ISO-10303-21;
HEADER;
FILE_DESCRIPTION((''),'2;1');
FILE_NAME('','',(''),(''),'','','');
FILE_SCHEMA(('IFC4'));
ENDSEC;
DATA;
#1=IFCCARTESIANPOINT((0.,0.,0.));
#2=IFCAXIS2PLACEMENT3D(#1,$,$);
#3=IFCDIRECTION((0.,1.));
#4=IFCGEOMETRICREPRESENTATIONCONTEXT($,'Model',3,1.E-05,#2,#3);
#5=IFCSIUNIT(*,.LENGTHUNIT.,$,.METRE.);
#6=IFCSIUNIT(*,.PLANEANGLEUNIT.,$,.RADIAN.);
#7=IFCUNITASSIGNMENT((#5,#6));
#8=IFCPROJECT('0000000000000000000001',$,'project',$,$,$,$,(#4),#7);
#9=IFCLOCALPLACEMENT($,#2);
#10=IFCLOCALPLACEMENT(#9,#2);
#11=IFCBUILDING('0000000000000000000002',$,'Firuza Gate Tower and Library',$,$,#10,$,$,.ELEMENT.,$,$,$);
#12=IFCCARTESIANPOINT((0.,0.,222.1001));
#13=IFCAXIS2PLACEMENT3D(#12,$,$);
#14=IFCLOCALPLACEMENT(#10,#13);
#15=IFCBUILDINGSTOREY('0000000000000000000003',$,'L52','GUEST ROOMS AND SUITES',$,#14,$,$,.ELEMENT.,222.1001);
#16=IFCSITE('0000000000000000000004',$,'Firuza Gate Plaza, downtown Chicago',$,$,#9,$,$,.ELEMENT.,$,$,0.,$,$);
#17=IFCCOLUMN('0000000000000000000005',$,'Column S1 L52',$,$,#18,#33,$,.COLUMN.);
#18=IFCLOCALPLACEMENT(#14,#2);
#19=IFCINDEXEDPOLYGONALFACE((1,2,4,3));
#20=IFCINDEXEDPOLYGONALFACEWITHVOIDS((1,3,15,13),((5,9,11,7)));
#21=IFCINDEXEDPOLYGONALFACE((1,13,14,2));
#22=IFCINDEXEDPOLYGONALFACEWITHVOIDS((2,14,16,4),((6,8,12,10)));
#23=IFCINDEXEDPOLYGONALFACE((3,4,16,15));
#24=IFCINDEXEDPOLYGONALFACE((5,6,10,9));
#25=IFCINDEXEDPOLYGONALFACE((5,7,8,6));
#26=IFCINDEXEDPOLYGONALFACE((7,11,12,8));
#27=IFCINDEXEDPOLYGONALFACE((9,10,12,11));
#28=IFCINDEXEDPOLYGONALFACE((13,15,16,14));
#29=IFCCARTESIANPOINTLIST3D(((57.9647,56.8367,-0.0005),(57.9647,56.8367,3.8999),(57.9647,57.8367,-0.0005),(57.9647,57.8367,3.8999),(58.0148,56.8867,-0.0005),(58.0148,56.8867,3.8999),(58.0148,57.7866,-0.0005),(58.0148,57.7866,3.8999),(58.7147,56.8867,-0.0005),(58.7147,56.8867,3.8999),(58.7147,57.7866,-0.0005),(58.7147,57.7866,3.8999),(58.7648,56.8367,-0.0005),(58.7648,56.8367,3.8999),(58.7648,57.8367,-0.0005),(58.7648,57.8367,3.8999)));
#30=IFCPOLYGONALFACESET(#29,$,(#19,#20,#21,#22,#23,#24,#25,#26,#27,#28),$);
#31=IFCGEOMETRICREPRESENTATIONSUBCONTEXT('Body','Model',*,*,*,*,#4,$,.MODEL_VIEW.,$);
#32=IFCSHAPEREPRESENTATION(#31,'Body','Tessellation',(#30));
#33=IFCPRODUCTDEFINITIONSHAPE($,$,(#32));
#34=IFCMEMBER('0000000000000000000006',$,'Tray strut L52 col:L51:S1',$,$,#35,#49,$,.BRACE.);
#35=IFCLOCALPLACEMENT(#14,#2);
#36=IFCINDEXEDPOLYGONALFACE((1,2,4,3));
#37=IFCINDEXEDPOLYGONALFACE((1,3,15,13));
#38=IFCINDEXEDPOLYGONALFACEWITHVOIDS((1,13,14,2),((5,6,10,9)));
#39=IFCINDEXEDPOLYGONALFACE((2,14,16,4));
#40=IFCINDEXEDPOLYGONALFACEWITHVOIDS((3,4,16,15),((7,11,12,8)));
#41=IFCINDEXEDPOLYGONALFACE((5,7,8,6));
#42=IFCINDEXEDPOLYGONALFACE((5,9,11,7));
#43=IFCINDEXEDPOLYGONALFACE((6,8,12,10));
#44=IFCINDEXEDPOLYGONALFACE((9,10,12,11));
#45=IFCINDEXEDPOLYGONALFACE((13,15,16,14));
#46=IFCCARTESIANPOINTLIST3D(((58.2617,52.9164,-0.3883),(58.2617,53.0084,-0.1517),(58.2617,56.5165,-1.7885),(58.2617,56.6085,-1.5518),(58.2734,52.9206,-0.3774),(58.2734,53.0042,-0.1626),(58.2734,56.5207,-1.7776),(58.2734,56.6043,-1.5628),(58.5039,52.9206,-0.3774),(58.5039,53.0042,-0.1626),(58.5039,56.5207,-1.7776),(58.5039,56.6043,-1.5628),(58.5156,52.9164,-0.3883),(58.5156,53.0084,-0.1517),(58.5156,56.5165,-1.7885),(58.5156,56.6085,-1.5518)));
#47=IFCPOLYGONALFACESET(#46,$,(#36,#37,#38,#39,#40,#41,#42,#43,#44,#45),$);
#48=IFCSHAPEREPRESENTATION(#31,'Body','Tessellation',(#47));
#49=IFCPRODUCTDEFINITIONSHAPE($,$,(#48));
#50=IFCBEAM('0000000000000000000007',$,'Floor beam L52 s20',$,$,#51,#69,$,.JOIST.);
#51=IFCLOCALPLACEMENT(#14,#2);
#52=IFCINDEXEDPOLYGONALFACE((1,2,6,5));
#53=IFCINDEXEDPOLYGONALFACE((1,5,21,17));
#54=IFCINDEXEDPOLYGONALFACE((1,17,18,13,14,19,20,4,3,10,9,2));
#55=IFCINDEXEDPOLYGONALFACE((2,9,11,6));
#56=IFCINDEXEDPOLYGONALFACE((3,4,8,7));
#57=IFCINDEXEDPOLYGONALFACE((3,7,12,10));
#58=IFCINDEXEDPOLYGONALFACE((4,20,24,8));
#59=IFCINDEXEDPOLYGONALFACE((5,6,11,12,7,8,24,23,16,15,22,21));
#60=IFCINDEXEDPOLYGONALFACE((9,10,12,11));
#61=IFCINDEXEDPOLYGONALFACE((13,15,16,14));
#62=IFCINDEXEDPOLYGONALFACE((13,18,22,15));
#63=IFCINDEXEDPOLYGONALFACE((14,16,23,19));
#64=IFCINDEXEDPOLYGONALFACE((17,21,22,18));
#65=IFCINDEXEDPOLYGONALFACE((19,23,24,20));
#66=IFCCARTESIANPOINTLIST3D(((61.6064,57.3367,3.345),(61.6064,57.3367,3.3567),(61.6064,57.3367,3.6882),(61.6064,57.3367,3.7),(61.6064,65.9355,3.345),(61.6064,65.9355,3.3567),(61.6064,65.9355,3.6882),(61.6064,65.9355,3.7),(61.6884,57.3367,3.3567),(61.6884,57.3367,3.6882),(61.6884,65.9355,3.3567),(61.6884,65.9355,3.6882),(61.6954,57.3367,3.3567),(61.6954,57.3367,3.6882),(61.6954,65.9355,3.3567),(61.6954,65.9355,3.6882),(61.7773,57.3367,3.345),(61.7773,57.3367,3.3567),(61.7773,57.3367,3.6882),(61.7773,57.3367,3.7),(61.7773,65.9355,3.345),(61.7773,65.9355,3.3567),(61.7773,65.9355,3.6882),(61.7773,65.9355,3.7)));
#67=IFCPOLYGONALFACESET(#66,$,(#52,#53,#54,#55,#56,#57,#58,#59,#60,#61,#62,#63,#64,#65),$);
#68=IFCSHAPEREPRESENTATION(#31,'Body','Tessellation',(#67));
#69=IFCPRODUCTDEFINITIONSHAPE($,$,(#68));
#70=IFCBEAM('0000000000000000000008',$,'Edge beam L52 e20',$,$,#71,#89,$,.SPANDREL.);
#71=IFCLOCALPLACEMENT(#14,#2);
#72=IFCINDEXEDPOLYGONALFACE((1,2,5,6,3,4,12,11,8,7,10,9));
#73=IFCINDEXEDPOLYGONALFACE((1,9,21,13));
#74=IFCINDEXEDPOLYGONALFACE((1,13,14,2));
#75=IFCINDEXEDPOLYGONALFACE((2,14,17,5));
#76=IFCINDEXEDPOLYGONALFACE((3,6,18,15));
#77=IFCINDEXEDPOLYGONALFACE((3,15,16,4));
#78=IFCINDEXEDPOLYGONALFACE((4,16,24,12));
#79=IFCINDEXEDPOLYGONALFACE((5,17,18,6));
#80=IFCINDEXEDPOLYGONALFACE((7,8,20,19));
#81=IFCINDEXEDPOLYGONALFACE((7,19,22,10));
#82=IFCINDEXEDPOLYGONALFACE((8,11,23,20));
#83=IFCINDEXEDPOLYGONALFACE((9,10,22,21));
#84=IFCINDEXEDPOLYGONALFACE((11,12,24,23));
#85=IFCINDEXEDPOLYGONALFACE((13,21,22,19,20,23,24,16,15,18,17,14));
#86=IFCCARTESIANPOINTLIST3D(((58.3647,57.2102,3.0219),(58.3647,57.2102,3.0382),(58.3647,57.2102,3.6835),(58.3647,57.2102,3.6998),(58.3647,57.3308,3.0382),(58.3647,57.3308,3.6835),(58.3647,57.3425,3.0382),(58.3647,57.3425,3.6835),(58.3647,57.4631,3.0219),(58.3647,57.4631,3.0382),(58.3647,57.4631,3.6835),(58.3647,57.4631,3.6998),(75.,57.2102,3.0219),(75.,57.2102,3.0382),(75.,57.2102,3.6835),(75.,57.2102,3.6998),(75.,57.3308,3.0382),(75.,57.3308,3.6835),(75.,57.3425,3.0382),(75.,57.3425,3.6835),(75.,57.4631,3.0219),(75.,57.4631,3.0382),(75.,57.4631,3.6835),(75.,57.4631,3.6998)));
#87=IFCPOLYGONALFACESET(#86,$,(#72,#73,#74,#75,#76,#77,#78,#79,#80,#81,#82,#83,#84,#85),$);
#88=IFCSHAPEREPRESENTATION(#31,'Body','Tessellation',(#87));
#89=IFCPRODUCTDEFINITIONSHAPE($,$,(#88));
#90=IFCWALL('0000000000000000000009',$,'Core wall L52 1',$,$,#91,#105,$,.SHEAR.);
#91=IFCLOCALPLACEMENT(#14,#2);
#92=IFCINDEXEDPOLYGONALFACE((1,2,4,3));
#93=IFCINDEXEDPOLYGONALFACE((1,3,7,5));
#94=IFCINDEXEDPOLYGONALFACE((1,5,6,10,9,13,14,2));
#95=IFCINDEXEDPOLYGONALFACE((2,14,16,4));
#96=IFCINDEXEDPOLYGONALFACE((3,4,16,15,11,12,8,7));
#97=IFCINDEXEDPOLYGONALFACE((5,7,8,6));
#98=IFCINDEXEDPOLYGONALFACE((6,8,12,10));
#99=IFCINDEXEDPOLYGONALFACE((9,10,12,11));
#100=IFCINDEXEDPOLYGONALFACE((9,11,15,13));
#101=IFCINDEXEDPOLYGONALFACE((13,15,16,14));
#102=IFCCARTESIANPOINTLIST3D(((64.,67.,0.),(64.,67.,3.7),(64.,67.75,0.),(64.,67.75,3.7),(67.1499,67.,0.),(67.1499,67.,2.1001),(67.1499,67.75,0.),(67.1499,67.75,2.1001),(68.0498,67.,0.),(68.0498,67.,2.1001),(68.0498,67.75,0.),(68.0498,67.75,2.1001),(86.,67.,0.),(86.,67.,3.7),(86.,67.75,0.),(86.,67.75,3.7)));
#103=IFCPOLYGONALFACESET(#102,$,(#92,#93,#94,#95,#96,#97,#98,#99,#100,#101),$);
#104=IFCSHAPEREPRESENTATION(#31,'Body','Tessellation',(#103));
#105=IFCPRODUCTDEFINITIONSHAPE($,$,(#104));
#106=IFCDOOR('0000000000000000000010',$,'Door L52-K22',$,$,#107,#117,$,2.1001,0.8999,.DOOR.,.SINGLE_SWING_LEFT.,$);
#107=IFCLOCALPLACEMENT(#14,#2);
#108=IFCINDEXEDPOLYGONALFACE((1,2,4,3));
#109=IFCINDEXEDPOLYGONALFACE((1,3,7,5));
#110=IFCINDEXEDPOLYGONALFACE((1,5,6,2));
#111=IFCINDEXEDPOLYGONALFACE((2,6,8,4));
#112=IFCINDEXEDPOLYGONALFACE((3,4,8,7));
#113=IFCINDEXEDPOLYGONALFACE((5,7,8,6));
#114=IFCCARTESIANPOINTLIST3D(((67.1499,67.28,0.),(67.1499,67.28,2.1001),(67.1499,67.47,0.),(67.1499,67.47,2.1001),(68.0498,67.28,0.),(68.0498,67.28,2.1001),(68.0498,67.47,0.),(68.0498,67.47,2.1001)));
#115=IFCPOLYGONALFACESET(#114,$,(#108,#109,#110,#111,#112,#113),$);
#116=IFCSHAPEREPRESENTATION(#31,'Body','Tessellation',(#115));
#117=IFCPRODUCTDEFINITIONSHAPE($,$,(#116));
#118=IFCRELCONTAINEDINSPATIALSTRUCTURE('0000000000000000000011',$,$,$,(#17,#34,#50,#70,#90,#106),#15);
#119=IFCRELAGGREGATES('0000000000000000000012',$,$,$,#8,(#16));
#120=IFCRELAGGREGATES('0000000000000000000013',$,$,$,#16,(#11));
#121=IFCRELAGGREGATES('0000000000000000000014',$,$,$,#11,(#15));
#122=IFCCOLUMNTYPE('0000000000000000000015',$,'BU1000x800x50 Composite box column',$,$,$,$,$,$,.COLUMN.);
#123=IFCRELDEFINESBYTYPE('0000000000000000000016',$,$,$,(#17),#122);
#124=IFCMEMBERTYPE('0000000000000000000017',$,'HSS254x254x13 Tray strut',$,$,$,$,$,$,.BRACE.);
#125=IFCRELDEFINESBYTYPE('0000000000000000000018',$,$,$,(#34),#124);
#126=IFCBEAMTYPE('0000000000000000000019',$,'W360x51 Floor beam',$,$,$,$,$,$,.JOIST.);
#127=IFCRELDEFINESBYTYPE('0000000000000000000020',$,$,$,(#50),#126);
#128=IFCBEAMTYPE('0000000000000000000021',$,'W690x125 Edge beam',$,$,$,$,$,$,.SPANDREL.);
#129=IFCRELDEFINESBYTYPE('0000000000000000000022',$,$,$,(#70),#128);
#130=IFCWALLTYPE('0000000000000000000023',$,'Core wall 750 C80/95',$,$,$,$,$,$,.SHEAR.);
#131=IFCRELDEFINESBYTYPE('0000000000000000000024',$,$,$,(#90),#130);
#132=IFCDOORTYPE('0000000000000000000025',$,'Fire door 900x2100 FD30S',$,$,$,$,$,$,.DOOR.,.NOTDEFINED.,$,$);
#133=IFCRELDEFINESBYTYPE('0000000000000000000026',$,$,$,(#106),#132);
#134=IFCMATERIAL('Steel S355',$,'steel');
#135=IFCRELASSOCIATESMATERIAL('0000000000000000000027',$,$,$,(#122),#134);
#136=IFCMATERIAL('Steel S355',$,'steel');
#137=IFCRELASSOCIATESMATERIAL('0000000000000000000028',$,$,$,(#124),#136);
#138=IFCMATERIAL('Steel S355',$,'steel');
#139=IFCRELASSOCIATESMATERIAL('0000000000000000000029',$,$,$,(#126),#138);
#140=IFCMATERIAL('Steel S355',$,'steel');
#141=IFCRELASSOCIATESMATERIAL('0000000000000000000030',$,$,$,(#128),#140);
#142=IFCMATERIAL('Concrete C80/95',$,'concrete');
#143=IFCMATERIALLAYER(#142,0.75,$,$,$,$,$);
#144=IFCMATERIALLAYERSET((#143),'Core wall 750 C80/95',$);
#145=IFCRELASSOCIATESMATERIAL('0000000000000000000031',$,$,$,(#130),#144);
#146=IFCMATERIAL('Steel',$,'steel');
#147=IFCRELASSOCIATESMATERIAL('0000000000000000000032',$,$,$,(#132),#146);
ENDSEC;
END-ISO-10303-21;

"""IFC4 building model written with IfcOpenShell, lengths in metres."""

from ifc_helpers import new_model, si_unit, direction, frame, frame_2d, origin, origin_2d, place, context, subcontext, project, spatial, rectangle, hollow_rectangle, i_section, extrude, material, layer, layer_set, material_profile, profile_set, type_object, element, fill, save


model = new_model("IFC4")

# Units and contexts
model_context = context("Model", 3, precision=1e-05, world=origin(), true_north=direction((0.0, 1.0)))
body_context = subcontext(model_context, "Body", "Model", "MODEL_VIEW")
ifc_project = project(units=[si_unit("LENGTHUNIT", "METRE"), si_unit("PLANEANGLEUNIT", "RADIAN")], contexts=[model_context])

# Site, building, storey
site_placement = place(None, origin())
site = spatial("IfcSite", under=ifc_project, at=site_placement, Name="Firuza Gate Plaza, downtown Chicago", CompositionType="ELEMENT", RefElevation=0.0)
building_placement = place(site_placement, origin())
building = spatial("IfcBuilding", under=site, at=building_placement, Name="Firuza Gate Tower and Library", CompositionType="ELEMENT")
storey_placement = place(building_placement, frame((0.0, 0.0, 222.1001)))
storey = spatial("IfcBuildingStorey", under=building, at=storey_placement, Name="L52", Description="GUEST ROOMS AND SUITES", CompositionType="ELEMENT", Elevation=222.1001)

# Column
ifc_material_1 = material(Name="Steel S355", Category="steel")
ifc_material_profile_1 = material_profile(ifc_material_1, hollow_rectangle(XDim=0.8, YDim=1.0, WallThickness=0.05, at=origin_2d()))
ifc_profile_set_1 = profile_set([ifc_material_profile_1], Name="Steel S355")
column_type = type_object("IfcColumnType", Name="BU1000x800x50 Composite box column", PredefinedType="COLUMN", material=ifc_profile_set_1)
column_placement = place(storey_placement, frame((58.3647, 57.3367, -0.0005), z_axis=(0.0, 0.0, 1.0), x_axis=(1.0, 0.0, 0.0)))
element("IfcColumn", 1, at=column_placement, inside=storey, type_object=column_type, Name="Column S1 L52", PredefinedType="COLUMN", context=body_context, shape_type="SweptSolid", body=[
    extrude(hollow_rectangle(XDim=0.8, YDim=1.0, WallThickness=0.05, at=origin_2d()), origin(), (0.0, 0.0, 1.0), 3.9004),
])

# Member
ifc_material_2 = material(Name="Steel S355", Category="steel")
ifc_material_profile_2 = material_profile(ifc_material_2, hollow_rectangle(XDim=0.2539, YDim=0.2539, WallThickness=0.0117, at=origin_2d()))
ifc_profile_set_2 = profile_set([ifc_material_profile_2], Name="Steel S355")
member_type = type_object("IfcMemberType", Name="HSS254x254x13 Tray strut", PredefinedType="BRACE", material=ifc_profile_set_2)
member_placement = place(storey_placement, frame((58.3887, 56.5625, -1.6702), z_axis=(0.0, -0.931995, 0.362471), x_axis=(1.0, 0.0, 0.0)))
element("IfcMember", 2, at=member_placement, inside=storey, type_object=member_type, Name="Tray strut L52 col:L51:S1", PredefinedType="BRACE", context=body_context, shape_type="SweptSolid", body=[
    extrude(hollow_rectangle(XDim=0.2539, YDim=0.2539, WallThickness=0.0117, at=origin_2d()), origin(), (0.0, 0.0, 1.0), 3.8628),
])

# Beams
ifc_material_3 = material(Name="Steel S355", Category="steel")
ifc_material_profile_3 = material_profile(ifc_material_3, i_section(OverallWidth=0.1709, OverallDepth=0.355, WebThickness=0.0071, FlangeThickness=0.0117, at=origin_2d()))
ifc_profile_set_3 = profile_set([ifc_material_profile_3], Name="Steel S355")
beam_type_1 = type_object("IfcBeamType", Name="W360x51 Floor beam", PredefinedType="JOIST", material=ifc_profile_set_3)
beam_1_placement = place(storey_placement, frame((61.6919, 57.3367, 3.5225), z_axis=(0.0, 1.0, 0.0), x_axis=(-1.0, 0.0, 0.0)))
element("IfcBeam", 3, at=beam_1_placement, inside=storey, type_object=beam_type_1, Name="Floor beam L52 s20", PredefinedType="JOIST", context=body_context, shape_type="SweptSolid", body=[
    extrude(i_section(OverallWidth=0.1709, OverallDepth=0.355, WebThickness=0.0071, FlangeThickness=0.0117, at=origin_2d()), origin(), (0.0, 0.0, 1.0), 8.5989),
])
ifc_material_4 = material(Name="Steel S355", Category="steel")
ifc_material_profile_4 = material_profile(ifc_material_4, i_section(OverallWidth=0.2529, OverallDepth=0.678, WebThickness=0.0117, FlangeThickness=0.0164, at=origin_2d()))
ifc_profile_set_4 = profile_set([ifc_material_profile_4], Name="Steel S355")
beam_type_2 = type_object("IfcBeamType", Name="W690x125 Edge beam", PredefinedType="SPANDREL", material=ifc_profile_set_4)
beam_2_placement = place(storey_placement, frame((58.3647, 57.3367, 3.3608), z_axis=(1.0, 0.0, 0.0), x_axis=(0.0, 1.0, 0.0)))
element("IfcBeam", 4, at=beam_2_placement, inside=storey, type_object=beam_type_2, Name="Edge beam L52 e20", PredefinedType="SPANDREL", context=body_context, shape_type="SweptSolid", body=[
    extrude(i_section(OverallWidth=0.2529, OverallDepth=0.678, WebThickness=0.0117, FlangeThickness=0.0164, at=origin_2d()), origin(), (0.0, 0.0, 1.0), 16.6353),
])

# Wall, opening, door
ifc_material_5 = material(Name="Concrete C80/95", Category="concrete")
ifc_layer_1 = layer(ifc_material_5, 0.75)
ifc_layer_set_1 = layer_set([ifc_layer_1], Name="Core wall 750 C80/95")
wall_type_1 = type_object("IfcWallType", Name="Core wall 750 C80/95", PredefinedType="SHEAR", material=ifc_layer_set_1)
wall_1_placement = place(storey_placement, frame((64.0, 67.375, 0.0), z_axis=(0.0, 0.0, 1.0), x_axis=(1.0, 0.0, 0.0)))
wall_1 = element("IfcWall", 5, at=wall_1_placement, inside=storey, type_object=wall_type_1, Name="Core wall L52 1", PredefinedType="SHEAR", context=body_context, shape_type="SweptSolid", body=[
    extrude(rectangle(XDim=22.0, YDim=0.75, at=frame_2d((11.0, 0.0))), origin(), (0.0, 0.0, 1.0), 3.7),
])
opening_1_placement = place(wall_1_placement, frame((3.1499, 0.0, 0.0)))
opening_1 = element("IfcOpeningElement", 6, at=opening_1_placement, cuts=wall_1, PredefinedType="OPENING", context=body_context, shape_type="SweptSolid", body=[
    extrude(rectangle(XDim=0.8999, YDim=2.1001, at=frame_2d((0.45, 1.05))), frame((0.0, 0.385, 0.0), z_axis=(0.0, -1.0, 0.0), x_axis=(1.0, 0.0, 0.0)), (0.0, 0.0, 1.0), 0.77),
])
ifc_material_6 = material(Name="Steel", Category="steel")
door_type_1 = type_object("IfcDoorType", Name="Fire door 900x2100 FD30S", OperationType="NOTDEFINED", PredefinedType="DOOR", material=ifc_material_6)
door_1_placement = place(opening_1_placement, origin())
door_1 = element("IfcDoor", 7, at=door_1_placement, inside=storey, type_object=door_type_1, Name="Door L52-K22", OperationType="SINGLE_SWING_LEFT", OverallHeight=2.1001, OverallWidth=0.8999, PredefinedType="DOOR", context=body_context, shape_type="SweptSolid", body=[
    extrude(rectangle(XDim=0.8999, YDim=2.1001, at=frame_2d((0.45, 1.05))), frame((0.0, 0.095, 0.0), z_axis=(0.0, -1.0, 0.0), x_axis=(1.0, 0.0, 0.0)), (0.0, 0.0, 1.0), 0.1899),
])
fill(opening_1, door_1)

save(model, "model.ifc")
